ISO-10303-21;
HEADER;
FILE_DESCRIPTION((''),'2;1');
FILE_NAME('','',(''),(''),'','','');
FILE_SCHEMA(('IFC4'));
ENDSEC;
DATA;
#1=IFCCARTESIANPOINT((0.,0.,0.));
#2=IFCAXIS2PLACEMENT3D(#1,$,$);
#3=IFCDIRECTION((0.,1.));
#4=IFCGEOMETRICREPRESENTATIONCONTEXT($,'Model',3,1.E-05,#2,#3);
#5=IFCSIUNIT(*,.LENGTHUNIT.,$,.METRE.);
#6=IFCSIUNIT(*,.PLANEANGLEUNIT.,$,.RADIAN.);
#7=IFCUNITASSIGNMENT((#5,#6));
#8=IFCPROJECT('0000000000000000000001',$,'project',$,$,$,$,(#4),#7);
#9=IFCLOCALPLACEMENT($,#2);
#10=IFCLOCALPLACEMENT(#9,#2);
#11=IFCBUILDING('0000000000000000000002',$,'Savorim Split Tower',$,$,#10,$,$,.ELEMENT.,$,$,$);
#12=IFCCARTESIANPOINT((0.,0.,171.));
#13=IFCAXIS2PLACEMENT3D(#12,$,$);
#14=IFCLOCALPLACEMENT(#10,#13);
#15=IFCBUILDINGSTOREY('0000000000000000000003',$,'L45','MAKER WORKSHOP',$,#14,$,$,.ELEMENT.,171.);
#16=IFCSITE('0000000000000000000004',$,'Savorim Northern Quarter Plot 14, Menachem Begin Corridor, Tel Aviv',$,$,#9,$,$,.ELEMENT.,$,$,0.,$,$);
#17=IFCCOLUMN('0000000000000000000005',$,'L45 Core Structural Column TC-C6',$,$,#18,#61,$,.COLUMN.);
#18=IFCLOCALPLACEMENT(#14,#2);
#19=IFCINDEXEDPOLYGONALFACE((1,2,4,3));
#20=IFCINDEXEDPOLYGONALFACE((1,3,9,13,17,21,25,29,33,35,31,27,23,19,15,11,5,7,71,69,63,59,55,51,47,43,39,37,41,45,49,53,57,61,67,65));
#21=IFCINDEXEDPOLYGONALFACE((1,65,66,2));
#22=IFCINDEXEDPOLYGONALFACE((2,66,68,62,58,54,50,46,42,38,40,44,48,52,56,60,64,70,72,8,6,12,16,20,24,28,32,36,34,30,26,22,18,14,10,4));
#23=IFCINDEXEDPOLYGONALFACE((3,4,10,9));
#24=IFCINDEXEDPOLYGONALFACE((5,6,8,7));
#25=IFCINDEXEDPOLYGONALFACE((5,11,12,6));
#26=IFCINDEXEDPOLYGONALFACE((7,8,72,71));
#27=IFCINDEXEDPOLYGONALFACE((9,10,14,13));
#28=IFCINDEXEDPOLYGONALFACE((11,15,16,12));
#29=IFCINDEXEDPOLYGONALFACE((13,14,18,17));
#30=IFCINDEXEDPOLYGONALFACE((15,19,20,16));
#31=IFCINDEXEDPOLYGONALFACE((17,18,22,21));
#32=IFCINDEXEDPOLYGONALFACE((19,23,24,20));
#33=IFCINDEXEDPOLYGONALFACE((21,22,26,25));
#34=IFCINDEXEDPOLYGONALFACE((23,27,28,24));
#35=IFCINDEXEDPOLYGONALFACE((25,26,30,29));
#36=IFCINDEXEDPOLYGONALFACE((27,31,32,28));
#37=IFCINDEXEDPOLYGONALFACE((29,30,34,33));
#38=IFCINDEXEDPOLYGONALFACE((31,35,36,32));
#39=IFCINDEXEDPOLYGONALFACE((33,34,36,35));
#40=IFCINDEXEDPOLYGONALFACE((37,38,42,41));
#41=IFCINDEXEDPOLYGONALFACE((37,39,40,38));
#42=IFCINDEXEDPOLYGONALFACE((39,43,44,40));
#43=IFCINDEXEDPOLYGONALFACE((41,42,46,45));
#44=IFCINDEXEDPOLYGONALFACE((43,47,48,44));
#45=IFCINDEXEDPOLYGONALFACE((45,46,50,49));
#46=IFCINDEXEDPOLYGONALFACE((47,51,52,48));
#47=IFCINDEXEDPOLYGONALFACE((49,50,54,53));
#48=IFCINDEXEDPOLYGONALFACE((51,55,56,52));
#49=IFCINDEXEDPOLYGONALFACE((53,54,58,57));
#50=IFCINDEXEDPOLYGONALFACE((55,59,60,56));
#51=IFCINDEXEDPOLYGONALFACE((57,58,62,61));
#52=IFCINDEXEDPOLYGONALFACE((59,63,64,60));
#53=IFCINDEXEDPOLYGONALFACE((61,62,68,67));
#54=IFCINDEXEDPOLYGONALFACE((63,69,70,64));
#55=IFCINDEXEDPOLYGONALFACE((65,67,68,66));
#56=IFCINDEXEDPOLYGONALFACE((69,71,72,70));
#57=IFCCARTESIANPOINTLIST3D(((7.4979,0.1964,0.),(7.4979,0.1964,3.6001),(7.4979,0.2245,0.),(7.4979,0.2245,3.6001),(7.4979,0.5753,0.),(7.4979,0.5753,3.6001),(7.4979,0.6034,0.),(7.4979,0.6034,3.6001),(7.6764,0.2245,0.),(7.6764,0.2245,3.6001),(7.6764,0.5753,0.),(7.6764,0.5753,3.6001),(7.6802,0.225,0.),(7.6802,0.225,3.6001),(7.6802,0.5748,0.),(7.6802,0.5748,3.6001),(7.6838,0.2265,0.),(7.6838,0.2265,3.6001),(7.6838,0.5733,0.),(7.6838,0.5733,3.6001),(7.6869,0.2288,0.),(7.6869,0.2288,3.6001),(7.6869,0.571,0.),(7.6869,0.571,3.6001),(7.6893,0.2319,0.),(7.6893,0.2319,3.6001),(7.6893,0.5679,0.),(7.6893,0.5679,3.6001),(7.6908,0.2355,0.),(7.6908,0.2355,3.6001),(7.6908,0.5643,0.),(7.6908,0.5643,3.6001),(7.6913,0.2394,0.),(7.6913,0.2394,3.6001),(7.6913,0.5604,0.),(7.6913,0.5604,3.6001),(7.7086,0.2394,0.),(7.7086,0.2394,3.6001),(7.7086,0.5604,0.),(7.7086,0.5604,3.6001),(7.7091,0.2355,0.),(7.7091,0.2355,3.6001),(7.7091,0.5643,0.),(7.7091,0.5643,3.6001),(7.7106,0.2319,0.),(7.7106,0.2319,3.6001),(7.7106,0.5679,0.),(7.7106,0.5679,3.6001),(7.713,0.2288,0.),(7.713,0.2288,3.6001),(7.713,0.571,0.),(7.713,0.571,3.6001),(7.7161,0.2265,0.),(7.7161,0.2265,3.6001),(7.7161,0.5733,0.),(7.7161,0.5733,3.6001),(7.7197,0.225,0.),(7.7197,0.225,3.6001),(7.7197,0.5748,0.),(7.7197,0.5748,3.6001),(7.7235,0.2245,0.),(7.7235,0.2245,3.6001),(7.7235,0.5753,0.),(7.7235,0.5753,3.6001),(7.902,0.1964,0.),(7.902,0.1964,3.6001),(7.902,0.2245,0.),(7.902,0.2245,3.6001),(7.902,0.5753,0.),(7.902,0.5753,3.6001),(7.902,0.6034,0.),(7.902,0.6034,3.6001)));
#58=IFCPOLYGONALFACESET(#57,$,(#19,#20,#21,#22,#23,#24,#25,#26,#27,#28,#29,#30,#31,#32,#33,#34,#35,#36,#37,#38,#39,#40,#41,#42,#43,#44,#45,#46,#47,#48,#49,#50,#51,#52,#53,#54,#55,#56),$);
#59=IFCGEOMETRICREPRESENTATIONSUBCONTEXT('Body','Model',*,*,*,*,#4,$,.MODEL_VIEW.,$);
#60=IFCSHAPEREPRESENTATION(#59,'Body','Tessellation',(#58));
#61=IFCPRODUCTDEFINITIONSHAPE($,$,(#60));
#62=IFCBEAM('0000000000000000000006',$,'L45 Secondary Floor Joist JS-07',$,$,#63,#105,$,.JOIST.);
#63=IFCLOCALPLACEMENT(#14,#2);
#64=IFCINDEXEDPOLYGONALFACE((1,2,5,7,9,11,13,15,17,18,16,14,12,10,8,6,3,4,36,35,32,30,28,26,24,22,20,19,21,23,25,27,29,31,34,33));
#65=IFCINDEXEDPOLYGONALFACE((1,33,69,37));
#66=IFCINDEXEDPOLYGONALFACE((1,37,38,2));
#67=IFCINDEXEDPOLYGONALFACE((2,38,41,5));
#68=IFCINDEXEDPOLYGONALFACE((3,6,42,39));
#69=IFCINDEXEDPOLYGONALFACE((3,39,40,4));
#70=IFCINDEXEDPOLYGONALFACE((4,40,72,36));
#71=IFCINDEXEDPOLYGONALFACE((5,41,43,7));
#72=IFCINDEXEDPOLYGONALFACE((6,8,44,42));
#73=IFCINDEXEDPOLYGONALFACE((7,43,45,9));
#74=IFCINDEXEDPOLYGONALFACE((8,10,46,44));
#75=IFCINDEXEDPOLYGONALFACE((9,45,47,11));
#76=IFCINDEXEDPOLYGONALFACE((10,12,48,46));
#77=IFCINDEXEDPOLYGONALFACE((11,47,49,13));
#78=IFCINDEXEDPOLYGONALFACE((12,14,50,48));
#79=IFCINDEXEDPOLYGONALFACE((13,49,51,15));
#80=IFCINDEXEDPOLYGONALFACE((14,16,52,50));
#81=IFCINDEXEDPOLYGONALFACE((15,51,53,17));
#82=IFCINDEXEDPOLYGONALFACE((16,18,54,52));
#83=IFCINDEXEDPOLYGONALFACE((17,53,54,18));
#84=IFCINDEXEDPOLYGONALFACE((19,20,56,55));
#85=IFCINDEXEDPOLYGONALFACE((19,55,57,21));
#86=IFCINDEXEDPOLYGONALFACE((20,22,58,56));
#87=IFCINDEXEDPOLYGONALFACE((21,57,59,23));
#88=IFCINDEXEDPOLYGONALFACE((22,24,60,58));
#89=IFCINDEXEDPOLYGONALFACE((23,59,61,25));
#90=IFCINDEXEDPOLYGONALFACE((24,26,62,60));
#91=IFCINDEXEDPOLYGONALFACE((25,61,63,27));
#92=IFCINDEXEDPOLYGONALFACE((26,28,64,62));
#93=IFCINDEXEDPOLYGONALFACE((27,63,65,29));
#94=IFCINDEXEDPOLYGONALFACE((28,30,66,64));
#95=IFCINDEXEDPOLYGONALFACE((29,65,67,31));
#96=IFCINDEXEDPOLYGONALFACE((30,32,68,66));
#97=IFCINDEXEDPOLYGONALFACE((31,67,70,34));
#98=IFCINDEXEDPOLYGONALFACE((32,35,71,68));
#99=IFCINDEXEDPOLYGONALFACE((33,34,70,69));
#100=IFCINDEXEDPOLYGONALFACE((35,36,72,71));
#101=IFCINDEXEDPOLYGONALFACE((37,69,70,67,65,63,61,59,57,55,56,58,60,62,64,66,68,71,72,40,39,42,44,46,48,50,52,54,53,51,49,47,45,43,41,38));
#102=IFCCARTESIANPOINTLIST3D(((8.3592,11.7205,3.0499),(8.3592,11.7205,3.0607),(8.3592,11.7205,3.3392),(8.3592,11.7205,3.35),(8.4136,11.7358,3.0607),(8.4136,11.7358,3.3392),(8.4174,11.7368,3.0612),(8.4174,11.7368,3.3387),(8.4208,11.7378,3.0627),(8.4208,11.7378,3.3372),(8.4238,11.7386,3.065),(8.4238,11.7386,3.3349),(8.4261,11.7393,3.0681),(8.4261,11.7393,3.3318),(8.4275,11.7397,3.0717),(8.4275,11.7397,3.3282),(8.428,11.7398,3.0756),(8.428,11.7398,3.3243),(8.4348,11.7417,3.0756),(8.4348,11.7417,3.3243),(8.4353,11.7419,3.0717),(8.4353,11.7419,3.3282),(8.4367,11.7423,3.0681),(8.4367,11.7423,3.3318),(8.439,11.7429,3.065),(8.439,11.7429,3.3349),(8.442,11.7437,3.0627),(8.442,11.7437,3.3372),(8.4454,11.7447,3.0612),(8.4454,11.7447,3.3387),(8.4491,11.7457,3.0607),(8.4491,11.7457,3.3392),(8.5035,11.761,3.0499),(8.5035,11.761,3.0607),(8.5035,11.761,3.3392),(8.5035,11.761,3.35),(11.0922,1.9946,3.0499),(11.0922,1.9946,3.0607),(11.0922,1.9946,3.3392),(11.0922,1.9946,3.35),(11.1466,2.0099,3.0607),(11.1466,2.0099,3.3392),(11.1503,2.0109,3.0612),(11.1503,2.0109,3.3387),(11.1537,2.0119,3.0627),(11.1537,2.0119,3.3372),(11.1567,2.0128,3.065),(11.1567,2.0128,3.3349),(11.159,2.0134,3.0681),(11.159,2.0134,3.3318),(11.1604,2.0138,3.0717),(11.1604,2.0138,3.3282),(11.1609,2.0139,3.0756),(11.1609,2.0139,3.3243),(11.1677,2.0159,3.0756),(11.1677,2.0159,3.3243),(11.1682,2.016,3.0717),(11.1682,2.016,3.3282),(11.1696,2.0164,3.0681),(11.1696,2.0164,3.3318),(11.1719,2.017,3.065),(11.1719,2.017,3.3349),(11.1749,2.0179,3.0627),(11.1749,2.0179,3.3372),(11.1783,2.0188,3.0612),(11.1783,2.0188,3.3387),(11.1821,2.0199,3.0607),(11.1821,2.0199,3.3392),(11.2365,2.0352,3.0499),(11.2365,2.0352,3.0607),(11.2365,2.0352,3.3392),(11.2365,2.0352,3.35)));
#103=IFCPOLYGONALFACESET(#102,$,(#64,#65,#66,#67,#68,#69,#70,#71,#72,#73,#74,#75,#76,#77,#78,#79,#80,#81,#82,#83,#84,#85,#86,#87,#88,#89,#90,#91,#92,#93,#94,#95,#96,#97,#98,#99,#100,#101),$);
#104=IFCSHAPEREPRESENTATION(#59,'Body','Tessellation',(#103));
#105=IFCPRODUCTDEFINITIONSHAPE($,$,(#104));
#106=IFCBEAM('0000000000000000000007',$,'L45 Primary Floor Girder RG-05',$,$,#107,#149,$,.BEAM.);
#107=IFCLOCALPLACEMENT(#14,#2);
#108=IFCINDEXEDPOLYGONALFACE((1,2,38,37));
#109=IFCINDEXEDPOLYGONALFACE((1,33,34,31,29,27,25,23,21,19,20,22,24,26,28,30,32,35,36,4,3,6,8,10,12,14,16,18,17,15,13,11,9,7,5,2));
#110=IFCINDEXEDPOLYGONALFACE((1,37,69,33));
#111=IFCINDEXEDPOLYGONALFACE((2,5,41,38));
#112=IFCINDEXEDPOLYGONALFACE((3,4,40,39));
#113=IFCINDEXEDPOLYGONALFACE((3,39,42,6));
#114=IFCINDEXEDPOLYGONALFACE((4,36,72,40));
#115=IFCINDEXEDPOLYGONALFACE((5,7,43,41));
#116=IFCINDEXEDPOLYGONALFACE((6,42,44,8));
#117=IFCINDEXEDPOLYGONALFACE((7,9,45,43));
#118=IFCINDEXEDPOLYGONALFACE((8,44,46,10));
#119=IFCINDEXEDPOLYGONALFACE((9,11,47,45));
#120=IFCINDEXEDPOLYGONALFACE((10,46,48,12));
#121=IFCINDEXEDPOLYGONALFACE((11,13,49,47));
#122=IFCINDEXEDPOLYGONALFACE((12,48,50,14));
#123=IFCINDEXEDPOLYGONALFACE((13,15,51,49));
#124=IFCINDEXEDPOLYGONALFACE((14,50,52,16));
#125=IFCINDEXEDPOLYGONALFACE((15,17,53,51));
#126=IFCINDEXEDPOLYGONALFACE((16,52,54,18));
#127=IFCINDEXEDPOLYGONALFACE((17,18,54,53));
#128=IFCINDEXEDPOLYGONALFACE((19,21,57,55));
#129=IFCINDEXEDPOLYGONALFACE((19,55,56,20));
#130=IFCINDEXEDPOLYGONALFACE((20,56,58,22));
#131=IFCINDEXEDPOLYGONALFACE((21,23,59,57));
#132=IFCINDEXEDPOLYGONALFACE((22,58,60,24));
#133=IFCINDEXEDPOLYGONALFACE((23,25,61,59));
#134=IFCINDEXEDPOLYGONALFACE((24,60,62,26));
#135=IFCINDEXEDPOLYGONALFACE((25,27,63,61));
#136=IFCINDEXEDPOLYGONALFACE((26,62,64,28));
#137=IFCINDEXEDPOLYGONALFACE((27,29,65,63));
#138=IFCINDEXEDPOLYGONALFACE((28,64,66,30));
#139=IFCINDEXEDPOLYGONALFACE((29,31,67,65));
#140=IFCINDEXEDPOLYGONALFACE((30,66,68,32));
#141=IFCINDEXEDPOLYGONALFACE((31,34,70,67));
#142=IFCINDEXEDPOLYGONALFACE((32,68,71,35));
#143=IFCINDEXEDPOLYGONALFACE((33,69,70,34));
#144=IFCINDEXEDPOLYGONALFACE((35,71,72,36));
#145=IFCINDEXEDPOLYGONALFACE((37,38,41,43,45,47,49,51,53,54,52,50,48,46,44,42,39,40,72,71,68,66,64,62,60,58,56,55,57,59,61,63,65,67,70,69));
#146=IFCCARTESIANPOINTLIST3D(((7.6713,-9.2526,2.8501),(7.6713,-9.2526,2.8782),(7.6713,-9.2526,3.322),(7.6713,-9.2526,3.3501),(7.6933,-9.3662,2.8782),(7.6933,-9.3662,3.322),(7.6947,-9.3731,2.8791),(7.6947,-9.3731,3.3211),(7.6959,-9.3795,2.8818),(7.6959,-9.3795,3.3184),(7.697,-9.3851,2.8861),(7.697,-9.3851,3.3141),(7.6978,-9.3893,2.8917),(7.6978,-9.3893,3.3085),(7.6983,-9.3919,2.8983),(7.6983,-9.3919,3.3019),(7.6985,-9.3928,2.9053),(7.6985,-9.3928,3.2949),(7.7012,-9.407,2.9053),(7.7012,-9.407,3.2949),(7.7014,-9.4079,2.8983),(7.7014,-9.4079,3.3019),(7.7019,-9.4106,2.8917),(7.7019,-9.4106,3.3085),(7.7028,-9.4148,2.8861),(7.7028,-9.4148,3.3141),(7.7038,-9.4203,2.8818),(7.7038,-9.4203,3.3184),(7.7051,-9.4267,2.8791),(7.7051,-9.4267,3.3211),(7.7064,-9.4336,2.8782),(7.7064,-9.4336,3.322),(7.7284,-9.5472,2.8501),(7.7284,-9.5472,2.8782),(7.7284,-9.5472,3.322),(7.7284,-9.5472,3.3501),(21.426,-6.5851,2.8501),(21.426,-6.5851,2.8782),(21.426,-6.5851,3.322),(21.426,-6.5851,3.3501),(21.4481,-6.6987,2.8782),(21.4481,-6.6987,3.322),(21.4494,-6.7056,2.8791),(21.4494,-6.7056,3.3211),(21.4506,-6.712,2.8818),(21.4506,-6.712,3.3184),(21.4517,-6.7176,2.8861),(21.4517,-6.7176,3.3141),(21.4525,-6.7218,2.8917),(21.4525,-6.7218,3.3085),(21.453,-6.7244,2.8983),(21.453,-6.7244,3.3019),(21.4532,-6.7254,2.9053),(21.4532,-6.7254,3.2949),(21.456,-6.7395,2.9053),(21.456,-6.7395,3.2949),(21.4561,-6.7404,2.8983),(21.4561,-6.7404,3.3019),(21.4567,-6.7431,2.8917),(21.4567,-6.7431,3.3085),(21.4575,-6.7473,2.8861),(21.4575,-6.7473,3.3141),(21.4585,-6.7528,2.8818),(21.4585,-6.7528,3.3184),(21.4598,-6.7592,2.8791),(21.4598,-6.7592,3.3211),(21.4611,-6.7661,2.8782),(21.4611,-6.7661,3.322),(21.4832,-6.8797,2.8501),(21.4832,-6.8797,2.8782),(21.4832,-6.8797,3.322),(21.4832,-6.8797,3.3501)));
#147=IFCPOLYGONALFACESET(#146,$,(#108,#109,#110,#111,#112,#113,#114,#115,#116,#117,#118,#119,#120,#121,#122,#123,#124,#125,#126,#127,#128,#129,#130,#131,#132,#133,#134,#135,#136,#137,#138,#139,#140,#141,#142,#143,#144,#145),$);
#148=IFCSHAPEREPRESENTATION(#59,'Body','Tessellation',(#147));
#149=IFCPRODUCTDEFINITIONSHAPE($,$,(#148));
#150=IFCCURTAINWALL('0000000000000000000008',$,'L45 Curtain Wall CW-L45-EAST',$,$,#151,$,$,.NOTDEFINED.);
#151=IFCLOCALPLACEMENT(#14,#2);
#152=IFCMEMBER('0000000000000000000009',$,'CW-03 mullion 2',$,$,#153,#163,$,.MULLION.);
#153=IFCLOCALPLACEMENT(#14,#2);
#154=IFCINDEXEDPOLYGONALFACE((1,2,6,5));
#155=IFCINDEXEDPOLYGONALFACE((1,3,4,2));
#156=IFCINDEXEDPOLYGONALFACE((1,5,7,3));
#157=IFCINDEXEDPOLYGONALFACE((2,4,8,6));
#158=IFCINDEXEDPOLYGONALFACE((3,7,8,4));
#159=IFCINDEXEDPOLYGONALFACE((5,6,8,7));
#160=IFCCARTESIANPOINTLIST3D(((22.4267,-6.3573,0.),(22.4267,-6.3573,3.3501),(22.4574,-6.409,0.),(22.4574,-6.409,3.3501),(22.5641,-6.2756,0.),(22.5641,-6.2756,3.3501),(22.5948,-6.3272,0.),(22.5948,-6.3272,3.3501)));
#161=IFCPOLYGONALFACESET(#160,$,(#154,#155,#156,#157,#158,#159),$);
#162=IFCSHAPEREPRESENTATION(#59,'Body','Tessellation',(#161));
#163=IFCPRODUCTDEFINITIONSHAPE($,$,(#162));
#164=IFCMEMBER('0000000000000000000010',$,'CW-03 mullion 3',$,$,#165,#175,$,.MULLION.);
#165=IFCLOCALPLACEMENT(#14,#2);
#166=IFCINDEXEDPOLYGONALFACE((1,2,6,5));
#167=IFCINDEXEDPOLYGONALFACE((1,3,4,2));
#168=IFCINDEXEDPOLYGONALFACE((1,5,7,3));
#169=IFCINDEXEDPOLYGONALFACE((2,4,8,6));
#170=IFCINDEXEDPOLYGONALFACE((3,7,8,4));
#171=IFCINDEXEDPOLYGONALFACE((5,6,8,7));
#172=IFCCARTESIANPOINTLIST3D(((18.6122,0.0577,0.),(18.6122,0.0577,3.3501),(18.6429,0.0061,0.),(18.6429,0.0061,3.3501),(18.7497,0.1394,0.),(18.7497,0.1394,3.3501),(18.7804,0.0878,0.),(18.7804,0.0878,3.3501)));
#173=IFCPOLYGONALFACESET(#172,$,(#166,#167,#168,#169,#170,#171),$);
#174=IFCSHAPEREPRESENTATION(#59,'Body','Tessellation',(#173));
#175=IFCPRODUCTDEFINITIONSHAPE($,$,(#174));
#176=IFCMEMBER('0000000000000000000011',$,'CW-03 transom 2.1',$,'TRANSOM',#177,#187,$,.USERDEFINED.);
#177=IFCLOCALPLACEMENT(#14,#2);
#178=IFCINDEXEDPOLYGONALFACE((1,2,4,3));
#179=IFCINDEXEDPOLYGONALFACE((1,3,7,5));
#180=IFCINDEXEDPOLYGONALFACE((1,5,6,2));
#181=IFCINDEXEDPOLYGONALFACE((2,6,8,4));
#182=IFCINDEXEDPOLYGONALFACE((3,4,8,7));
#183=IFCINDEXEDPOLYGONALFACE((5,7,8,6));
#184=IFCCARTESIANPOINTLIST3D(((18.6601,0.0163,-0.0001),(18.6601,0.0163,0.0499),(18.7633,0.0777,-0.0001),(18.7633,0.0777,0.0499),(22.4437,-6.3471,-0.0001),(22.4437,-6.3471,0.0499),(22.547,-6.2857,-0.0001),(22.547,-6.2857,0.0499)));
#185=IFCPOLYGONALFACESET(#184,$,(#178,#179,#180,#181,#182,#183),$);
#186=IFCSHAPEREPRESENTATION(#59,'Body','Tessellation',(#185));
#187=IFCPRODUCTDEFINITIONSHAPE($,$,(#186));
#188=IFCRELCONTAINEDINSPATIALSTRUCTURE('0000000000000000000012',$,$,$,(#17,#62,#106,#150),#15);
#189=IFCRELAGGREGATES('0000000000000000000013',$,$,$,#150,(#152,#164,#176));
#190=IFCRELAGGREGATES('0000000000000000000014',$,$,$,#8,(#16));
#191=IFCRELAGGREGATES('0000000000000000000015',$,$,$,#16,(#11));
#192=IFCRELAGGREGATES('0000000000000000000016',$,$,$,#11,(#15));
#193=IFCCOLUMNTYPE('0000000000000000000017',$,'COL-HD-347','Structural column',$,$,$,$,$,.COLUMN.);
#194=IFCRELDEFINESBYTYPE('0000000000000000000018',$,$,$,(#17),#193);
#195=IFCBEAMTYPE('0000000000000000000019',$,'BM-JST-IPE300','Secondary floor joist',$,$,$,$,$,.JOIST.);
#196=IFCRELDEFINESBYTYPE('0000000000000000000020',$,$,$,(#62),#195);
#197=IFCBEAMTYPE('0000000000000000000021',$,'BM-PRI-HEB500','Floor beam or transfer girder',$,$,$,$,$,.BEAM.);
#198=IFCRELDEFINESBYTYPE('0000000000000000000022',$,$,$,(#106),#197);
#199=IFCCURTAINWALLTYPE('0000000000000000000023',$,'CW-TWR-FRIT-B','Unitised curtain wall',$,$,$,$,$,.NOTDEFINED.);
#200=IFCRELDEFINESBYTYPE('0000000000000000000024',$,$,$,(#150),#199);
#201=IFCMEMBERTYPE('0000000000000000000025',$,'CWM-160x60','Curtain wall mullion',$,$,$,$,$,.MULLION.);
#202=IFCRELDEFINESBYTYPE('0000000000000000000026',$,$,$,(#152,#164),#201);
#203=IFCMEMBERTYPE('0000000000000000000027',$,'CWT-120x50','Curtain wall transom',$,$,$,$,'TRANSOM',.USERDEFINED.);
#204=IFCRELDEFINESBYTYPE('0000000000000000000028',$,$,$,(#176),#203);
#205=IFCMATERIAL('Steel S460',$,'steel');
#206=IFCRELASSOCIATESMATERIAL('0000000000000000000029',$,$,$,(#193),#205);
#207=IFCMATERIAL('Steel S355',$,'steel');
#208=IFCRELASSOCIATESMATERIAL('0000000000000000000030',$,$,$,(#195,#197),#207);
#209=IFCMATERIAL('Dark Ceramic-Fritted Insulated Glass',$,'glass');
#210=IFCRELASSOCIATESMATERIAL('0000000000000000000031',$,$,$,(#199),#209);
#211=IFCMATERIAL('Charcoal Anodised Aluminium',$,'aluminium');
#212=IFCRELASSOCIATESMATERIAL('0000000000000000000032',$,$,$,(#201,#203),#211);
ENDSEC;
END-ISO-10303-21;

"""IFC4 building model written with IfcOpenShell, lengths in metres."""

from ifc_helpers import new_model, si_unit, direction, frame, origin, origin_2d, place, context, subcontext, project, spatial, rectangle, i_section, extrude, material, material_profile, profile_set, type_object, element, aggregate, save


model = new_model("IFC4")

# Units and contexts
model_context = context("Model", 3, precision=1e-05, world=origin(), true_north=direction((0.0, 1.0)))
body_context = subcontext(model_context, "Body", "Model", "MODEL_VIEW")
ifc_project = project(units=[si_unit("LENGTHUNIT", "METRE"), si_unit("PLANEANGLEUNIT", "RADIAN")], contexts=[model_context])

# Site, building, storey
site_placement = place(None, origin())
site = spatial("IfcSite", under=ifc_project, at=site_placement, Name="Savorim Northern Quarter Plot 14, Menachem Begin Corridor, Tel Aviv", CompositionType="ELEMENT", RefElevation=0.0)
building_placement = place(site_placement, origin())
building = spatial("IfcBuilding", under=site, at=building_placement, Name="Savorim Split Tower", CompositionType="ELEMENT")
storey_placement = place(building_placement, frame((0.0, 0.0, 171.0)))
storey = spatial("IfcBuildingStorey", under=building, at=storey_placement, Name="L45", Description="MAKER WORKSHOP", CompositionType="ELEMENT", Elevation=171.0)

# Column
ifc_material_1 = material(Name="Steel S460", Category="steel")
ifc_material_profile_1 = material_profile(ifc_material_1, i_section(OverallWidth=0.4041, OverallDepth=0.407, WebThickness=0.0173, FlangeThickness=0.0281, FilletRadius=0.0149, at=origin_2d()), Name="HD 400x347")
ifc_profile_set_1 = profile_set([ifc_material_profile_1], Name="Steel S460")
column_type = type_object("IfcColumnType", Name="COL-HD-347", Description="Structural column", PredefinedType="COLUMN", material=ifc_profile_set_1)
column_placement = place(storey_placement, frame((7.7, 0.3999, 0.0), z_axis=(0.0, 0.0, 1.0), x_axis=(1.0, 0.0, 0.0)))
element("IfcColumn", 1, at=column_placement, inside=storey, type_object=column_type, Name="L45 Core Structural Column TC-C6", PredefinedType="COLUMN", context=body_context, shape_type="SweptSolid", body=[
    extrude(i_section(OverallWidth=0.4041, OverallDepth=0.407, WebThickness=0.0173, FlangeThickness=0.0281, FilletRadius=0.0149, at=origin_2d()), origin(), (0.0, 0.0, 1.0), 3.6001),
])

# Beams
ifc_material_2 = material(Name="Steel S355", Category="steel")
ifc_material_profile_2 = material_profile(ifc_material_2, i_section(OverallWidth=0.1499, OverallDepth=0.3, WebThickness=0.0071, FlangeThickness=0.0107, FilletRadius=0.0149, at=origin_2d()), Name="IPE 300")
ifc_profile_set_2 = profile_set([ifc_material_profile_2], Name="Steel S355")
beam_type_1 = type_object("IfcBeamType", Name="BM-JST-IPE300", Description="Secondary floor joist", PredefinedType="JOIST", material=ifc_profile_set_2)
beam_1_placement = place(storey_placement, frame((11.1643, 2.0149, 3.2), z_axis=(-0.270518, 0.962715, 0.0), x_axis=(-0.962715, -0.270518, 0.0)))
element("IfcBeam", 2, at=beam_1_placement, inside=storey, type_object=beam_type_1, Name="L45 Secondary Floor Joist JS-07", PredefinedType="JOIST", context=body_context, shape_type="SweptSolid", body=[
    extrude(i_section(OverallWidth=0.1499, OverallDepth=0.3, WebThickness=0.0071, FlangeThickness=0.0107, FilletRadius=0.0149, at=origin_2d()), origin(), (0.0, 0.0, 1.0), 10.1025),
])
ifc_material_profile_3 = material_profile(ifc_material_2, i_section(OverallWidth=0.3, OverallDepth=0.5, WebThickness=0.0144, FlangeThickness=0.0281, FilletRadius=0.0271, at=origin_2d()), Name="HEB 500")
ifc_profile_set_3 = profile_set([ifc_material_profile_3], Name="Steel S355")
beam_type_2 = type_object("IfcBeamType", Name="BM-PRI-HEB500", Description="Floor beam or transfer girder", PredefinedType="BEAM", material=ifc_profile_set_3)
beam_2_placement = place(storey_placement, frame((21.4546, -6.7324, 3.1001), z_axis=(-0.981709, -0.190386, 0.0), x_axis=(0.190386, -0.981709, 0.0)))
element("IfcBeam", 3, at=beam_2_placement, inside=storey, type_object=beam_type_2, Name="L45 Primary Floor Girder RG-05", PredefinedType="BEAM", context=body_context, shape_type="SweptSolid", body=[
    extrude(i_section(OverallWidth=0.3, OverallDepth=0.5, WebThickness=0.0144, FlangeThickness=0.0281, FilletRadius=0.0271, at=origin_2d()), origin(), (0.0, 0.0, 1.0), 14.011),
])

# Curtain wall, members
ifc_material_3 = material(Name="Dark Ceramic-Fritted Insulated Glass", Category="glass")
curtain_wall_type = type_object("IfcCurtainWallType", Name="CW-TWR-FRIT-B", Description="Unitised curtain wall", PredefinedType="NOTDEFINED", material=ifc_material_3)
curtain_wall_placement = place(storey_placement, origin())
curtain_wall = element("IfcCurtainWall", 4, at=curtain_wall_placement, inside=storey, type_object=curtain_wall_type, Name="L45 Curtain Wall CW-L45-EAST", PredefinedType="NOTDEFINED")
ifc_material_4 = material(Name="Charcoal Anodised Aluminium", Category="aluminium")
ifc_material_profile_4 = material_profile(ifc_material_4, rectangle(XDim=0.1599, YDim=0.0601, at=origin_2d()), Name="ALU-M 160x60")
ifc_profile_set_4 = profile_set([ifc_material_profile_4], Name="Charcoal Anodised Aluminium")
member_type_1 = type_object("IfcMemberType", Name="CWM-160x60", Description="Curtain wall mullion", PredefinedType="MULLION", material=ifc_profile_set_4)
member_1_placement = place(storey_placement, frame((22.5107, -6.3423, 0.0), z_axis=(0.0, 0.0, 1.0), x_axis=(-0.859525, -0.511094, 0.0)))
member_1 = element("IfcMember", 5, at=member_1_placement, type_object=member_type_1, Name="CW-03 mullion 2", PredefinedType="MULLION", context=body_context, shape_type="SweptSolid", body=[
    extrude(rectangle(XDim=0.1599, YDim=0.0601, at=origin_2d()), origin(), (0.0, 0.0, 1.0), 3.3501),
])
member_2_placement = place(storey_placement, frame((18.6963, 0.0728, 0.0), z_axis=(0.0, 0.0, 1.0), x_axis=(-0.859525, -0.511094, 0.0)))
member_2 = element("IfcMember", 6, at=member_2_placement, type_object=member_type_1, Name="CW-03 mullion 3", PredefinedType="MULLION", context=body_context, shape_type="SweptSolid", body=[
    extrude(rectangle(XDim=0.1599, YDim=0.0601, at=origin_2d()), origin(), (0.0, 0.0, 1.0), 3.3501),
])
ifc_material_profile_5 = material_profile(ifc_material_4, rectangle(XDim=0.1201, YDim=0.05, at=origin_2d()), Name="ALU-T 120x50")
ifc_profile_set_5 = profile_set([ifc_material_profile_5], Name="Charcoal Anodised Aluminium")
member_type_2 = type_object("IfcMemberType", Name="CWT-120x50", Description="Curtain wall transom", ElementType="TRANSOM", PredefinedType="USERDEFINED", material=ifc_profile_set_5)
member_3_placement = place(storey_placement, frame((22.4954, -6.3164, 0.0249), z_axis=(-0.511073, 0.859537, 0.0), x_axis=(-0.859537, -0.511073, 0.0)))
member_3 = element("IfcMember", 7, at=member_3_placement, type_object=member_type_2, Name="CW-03 transom 2.1", ObjectType="TRANSOM", PredefinedType="USERDEFINED", context=body_context, shape_type="SweptSolid", body=[
    extrude(rectangle(XDim=0.1201, YDim=0.05, at=origin_2d()), origin(), (0.0, 0.0, 1.0), 7.4033),
])
aggregate(curtain_wall, [member_1, member_2, member_3])

save(model, "model.ifc")
